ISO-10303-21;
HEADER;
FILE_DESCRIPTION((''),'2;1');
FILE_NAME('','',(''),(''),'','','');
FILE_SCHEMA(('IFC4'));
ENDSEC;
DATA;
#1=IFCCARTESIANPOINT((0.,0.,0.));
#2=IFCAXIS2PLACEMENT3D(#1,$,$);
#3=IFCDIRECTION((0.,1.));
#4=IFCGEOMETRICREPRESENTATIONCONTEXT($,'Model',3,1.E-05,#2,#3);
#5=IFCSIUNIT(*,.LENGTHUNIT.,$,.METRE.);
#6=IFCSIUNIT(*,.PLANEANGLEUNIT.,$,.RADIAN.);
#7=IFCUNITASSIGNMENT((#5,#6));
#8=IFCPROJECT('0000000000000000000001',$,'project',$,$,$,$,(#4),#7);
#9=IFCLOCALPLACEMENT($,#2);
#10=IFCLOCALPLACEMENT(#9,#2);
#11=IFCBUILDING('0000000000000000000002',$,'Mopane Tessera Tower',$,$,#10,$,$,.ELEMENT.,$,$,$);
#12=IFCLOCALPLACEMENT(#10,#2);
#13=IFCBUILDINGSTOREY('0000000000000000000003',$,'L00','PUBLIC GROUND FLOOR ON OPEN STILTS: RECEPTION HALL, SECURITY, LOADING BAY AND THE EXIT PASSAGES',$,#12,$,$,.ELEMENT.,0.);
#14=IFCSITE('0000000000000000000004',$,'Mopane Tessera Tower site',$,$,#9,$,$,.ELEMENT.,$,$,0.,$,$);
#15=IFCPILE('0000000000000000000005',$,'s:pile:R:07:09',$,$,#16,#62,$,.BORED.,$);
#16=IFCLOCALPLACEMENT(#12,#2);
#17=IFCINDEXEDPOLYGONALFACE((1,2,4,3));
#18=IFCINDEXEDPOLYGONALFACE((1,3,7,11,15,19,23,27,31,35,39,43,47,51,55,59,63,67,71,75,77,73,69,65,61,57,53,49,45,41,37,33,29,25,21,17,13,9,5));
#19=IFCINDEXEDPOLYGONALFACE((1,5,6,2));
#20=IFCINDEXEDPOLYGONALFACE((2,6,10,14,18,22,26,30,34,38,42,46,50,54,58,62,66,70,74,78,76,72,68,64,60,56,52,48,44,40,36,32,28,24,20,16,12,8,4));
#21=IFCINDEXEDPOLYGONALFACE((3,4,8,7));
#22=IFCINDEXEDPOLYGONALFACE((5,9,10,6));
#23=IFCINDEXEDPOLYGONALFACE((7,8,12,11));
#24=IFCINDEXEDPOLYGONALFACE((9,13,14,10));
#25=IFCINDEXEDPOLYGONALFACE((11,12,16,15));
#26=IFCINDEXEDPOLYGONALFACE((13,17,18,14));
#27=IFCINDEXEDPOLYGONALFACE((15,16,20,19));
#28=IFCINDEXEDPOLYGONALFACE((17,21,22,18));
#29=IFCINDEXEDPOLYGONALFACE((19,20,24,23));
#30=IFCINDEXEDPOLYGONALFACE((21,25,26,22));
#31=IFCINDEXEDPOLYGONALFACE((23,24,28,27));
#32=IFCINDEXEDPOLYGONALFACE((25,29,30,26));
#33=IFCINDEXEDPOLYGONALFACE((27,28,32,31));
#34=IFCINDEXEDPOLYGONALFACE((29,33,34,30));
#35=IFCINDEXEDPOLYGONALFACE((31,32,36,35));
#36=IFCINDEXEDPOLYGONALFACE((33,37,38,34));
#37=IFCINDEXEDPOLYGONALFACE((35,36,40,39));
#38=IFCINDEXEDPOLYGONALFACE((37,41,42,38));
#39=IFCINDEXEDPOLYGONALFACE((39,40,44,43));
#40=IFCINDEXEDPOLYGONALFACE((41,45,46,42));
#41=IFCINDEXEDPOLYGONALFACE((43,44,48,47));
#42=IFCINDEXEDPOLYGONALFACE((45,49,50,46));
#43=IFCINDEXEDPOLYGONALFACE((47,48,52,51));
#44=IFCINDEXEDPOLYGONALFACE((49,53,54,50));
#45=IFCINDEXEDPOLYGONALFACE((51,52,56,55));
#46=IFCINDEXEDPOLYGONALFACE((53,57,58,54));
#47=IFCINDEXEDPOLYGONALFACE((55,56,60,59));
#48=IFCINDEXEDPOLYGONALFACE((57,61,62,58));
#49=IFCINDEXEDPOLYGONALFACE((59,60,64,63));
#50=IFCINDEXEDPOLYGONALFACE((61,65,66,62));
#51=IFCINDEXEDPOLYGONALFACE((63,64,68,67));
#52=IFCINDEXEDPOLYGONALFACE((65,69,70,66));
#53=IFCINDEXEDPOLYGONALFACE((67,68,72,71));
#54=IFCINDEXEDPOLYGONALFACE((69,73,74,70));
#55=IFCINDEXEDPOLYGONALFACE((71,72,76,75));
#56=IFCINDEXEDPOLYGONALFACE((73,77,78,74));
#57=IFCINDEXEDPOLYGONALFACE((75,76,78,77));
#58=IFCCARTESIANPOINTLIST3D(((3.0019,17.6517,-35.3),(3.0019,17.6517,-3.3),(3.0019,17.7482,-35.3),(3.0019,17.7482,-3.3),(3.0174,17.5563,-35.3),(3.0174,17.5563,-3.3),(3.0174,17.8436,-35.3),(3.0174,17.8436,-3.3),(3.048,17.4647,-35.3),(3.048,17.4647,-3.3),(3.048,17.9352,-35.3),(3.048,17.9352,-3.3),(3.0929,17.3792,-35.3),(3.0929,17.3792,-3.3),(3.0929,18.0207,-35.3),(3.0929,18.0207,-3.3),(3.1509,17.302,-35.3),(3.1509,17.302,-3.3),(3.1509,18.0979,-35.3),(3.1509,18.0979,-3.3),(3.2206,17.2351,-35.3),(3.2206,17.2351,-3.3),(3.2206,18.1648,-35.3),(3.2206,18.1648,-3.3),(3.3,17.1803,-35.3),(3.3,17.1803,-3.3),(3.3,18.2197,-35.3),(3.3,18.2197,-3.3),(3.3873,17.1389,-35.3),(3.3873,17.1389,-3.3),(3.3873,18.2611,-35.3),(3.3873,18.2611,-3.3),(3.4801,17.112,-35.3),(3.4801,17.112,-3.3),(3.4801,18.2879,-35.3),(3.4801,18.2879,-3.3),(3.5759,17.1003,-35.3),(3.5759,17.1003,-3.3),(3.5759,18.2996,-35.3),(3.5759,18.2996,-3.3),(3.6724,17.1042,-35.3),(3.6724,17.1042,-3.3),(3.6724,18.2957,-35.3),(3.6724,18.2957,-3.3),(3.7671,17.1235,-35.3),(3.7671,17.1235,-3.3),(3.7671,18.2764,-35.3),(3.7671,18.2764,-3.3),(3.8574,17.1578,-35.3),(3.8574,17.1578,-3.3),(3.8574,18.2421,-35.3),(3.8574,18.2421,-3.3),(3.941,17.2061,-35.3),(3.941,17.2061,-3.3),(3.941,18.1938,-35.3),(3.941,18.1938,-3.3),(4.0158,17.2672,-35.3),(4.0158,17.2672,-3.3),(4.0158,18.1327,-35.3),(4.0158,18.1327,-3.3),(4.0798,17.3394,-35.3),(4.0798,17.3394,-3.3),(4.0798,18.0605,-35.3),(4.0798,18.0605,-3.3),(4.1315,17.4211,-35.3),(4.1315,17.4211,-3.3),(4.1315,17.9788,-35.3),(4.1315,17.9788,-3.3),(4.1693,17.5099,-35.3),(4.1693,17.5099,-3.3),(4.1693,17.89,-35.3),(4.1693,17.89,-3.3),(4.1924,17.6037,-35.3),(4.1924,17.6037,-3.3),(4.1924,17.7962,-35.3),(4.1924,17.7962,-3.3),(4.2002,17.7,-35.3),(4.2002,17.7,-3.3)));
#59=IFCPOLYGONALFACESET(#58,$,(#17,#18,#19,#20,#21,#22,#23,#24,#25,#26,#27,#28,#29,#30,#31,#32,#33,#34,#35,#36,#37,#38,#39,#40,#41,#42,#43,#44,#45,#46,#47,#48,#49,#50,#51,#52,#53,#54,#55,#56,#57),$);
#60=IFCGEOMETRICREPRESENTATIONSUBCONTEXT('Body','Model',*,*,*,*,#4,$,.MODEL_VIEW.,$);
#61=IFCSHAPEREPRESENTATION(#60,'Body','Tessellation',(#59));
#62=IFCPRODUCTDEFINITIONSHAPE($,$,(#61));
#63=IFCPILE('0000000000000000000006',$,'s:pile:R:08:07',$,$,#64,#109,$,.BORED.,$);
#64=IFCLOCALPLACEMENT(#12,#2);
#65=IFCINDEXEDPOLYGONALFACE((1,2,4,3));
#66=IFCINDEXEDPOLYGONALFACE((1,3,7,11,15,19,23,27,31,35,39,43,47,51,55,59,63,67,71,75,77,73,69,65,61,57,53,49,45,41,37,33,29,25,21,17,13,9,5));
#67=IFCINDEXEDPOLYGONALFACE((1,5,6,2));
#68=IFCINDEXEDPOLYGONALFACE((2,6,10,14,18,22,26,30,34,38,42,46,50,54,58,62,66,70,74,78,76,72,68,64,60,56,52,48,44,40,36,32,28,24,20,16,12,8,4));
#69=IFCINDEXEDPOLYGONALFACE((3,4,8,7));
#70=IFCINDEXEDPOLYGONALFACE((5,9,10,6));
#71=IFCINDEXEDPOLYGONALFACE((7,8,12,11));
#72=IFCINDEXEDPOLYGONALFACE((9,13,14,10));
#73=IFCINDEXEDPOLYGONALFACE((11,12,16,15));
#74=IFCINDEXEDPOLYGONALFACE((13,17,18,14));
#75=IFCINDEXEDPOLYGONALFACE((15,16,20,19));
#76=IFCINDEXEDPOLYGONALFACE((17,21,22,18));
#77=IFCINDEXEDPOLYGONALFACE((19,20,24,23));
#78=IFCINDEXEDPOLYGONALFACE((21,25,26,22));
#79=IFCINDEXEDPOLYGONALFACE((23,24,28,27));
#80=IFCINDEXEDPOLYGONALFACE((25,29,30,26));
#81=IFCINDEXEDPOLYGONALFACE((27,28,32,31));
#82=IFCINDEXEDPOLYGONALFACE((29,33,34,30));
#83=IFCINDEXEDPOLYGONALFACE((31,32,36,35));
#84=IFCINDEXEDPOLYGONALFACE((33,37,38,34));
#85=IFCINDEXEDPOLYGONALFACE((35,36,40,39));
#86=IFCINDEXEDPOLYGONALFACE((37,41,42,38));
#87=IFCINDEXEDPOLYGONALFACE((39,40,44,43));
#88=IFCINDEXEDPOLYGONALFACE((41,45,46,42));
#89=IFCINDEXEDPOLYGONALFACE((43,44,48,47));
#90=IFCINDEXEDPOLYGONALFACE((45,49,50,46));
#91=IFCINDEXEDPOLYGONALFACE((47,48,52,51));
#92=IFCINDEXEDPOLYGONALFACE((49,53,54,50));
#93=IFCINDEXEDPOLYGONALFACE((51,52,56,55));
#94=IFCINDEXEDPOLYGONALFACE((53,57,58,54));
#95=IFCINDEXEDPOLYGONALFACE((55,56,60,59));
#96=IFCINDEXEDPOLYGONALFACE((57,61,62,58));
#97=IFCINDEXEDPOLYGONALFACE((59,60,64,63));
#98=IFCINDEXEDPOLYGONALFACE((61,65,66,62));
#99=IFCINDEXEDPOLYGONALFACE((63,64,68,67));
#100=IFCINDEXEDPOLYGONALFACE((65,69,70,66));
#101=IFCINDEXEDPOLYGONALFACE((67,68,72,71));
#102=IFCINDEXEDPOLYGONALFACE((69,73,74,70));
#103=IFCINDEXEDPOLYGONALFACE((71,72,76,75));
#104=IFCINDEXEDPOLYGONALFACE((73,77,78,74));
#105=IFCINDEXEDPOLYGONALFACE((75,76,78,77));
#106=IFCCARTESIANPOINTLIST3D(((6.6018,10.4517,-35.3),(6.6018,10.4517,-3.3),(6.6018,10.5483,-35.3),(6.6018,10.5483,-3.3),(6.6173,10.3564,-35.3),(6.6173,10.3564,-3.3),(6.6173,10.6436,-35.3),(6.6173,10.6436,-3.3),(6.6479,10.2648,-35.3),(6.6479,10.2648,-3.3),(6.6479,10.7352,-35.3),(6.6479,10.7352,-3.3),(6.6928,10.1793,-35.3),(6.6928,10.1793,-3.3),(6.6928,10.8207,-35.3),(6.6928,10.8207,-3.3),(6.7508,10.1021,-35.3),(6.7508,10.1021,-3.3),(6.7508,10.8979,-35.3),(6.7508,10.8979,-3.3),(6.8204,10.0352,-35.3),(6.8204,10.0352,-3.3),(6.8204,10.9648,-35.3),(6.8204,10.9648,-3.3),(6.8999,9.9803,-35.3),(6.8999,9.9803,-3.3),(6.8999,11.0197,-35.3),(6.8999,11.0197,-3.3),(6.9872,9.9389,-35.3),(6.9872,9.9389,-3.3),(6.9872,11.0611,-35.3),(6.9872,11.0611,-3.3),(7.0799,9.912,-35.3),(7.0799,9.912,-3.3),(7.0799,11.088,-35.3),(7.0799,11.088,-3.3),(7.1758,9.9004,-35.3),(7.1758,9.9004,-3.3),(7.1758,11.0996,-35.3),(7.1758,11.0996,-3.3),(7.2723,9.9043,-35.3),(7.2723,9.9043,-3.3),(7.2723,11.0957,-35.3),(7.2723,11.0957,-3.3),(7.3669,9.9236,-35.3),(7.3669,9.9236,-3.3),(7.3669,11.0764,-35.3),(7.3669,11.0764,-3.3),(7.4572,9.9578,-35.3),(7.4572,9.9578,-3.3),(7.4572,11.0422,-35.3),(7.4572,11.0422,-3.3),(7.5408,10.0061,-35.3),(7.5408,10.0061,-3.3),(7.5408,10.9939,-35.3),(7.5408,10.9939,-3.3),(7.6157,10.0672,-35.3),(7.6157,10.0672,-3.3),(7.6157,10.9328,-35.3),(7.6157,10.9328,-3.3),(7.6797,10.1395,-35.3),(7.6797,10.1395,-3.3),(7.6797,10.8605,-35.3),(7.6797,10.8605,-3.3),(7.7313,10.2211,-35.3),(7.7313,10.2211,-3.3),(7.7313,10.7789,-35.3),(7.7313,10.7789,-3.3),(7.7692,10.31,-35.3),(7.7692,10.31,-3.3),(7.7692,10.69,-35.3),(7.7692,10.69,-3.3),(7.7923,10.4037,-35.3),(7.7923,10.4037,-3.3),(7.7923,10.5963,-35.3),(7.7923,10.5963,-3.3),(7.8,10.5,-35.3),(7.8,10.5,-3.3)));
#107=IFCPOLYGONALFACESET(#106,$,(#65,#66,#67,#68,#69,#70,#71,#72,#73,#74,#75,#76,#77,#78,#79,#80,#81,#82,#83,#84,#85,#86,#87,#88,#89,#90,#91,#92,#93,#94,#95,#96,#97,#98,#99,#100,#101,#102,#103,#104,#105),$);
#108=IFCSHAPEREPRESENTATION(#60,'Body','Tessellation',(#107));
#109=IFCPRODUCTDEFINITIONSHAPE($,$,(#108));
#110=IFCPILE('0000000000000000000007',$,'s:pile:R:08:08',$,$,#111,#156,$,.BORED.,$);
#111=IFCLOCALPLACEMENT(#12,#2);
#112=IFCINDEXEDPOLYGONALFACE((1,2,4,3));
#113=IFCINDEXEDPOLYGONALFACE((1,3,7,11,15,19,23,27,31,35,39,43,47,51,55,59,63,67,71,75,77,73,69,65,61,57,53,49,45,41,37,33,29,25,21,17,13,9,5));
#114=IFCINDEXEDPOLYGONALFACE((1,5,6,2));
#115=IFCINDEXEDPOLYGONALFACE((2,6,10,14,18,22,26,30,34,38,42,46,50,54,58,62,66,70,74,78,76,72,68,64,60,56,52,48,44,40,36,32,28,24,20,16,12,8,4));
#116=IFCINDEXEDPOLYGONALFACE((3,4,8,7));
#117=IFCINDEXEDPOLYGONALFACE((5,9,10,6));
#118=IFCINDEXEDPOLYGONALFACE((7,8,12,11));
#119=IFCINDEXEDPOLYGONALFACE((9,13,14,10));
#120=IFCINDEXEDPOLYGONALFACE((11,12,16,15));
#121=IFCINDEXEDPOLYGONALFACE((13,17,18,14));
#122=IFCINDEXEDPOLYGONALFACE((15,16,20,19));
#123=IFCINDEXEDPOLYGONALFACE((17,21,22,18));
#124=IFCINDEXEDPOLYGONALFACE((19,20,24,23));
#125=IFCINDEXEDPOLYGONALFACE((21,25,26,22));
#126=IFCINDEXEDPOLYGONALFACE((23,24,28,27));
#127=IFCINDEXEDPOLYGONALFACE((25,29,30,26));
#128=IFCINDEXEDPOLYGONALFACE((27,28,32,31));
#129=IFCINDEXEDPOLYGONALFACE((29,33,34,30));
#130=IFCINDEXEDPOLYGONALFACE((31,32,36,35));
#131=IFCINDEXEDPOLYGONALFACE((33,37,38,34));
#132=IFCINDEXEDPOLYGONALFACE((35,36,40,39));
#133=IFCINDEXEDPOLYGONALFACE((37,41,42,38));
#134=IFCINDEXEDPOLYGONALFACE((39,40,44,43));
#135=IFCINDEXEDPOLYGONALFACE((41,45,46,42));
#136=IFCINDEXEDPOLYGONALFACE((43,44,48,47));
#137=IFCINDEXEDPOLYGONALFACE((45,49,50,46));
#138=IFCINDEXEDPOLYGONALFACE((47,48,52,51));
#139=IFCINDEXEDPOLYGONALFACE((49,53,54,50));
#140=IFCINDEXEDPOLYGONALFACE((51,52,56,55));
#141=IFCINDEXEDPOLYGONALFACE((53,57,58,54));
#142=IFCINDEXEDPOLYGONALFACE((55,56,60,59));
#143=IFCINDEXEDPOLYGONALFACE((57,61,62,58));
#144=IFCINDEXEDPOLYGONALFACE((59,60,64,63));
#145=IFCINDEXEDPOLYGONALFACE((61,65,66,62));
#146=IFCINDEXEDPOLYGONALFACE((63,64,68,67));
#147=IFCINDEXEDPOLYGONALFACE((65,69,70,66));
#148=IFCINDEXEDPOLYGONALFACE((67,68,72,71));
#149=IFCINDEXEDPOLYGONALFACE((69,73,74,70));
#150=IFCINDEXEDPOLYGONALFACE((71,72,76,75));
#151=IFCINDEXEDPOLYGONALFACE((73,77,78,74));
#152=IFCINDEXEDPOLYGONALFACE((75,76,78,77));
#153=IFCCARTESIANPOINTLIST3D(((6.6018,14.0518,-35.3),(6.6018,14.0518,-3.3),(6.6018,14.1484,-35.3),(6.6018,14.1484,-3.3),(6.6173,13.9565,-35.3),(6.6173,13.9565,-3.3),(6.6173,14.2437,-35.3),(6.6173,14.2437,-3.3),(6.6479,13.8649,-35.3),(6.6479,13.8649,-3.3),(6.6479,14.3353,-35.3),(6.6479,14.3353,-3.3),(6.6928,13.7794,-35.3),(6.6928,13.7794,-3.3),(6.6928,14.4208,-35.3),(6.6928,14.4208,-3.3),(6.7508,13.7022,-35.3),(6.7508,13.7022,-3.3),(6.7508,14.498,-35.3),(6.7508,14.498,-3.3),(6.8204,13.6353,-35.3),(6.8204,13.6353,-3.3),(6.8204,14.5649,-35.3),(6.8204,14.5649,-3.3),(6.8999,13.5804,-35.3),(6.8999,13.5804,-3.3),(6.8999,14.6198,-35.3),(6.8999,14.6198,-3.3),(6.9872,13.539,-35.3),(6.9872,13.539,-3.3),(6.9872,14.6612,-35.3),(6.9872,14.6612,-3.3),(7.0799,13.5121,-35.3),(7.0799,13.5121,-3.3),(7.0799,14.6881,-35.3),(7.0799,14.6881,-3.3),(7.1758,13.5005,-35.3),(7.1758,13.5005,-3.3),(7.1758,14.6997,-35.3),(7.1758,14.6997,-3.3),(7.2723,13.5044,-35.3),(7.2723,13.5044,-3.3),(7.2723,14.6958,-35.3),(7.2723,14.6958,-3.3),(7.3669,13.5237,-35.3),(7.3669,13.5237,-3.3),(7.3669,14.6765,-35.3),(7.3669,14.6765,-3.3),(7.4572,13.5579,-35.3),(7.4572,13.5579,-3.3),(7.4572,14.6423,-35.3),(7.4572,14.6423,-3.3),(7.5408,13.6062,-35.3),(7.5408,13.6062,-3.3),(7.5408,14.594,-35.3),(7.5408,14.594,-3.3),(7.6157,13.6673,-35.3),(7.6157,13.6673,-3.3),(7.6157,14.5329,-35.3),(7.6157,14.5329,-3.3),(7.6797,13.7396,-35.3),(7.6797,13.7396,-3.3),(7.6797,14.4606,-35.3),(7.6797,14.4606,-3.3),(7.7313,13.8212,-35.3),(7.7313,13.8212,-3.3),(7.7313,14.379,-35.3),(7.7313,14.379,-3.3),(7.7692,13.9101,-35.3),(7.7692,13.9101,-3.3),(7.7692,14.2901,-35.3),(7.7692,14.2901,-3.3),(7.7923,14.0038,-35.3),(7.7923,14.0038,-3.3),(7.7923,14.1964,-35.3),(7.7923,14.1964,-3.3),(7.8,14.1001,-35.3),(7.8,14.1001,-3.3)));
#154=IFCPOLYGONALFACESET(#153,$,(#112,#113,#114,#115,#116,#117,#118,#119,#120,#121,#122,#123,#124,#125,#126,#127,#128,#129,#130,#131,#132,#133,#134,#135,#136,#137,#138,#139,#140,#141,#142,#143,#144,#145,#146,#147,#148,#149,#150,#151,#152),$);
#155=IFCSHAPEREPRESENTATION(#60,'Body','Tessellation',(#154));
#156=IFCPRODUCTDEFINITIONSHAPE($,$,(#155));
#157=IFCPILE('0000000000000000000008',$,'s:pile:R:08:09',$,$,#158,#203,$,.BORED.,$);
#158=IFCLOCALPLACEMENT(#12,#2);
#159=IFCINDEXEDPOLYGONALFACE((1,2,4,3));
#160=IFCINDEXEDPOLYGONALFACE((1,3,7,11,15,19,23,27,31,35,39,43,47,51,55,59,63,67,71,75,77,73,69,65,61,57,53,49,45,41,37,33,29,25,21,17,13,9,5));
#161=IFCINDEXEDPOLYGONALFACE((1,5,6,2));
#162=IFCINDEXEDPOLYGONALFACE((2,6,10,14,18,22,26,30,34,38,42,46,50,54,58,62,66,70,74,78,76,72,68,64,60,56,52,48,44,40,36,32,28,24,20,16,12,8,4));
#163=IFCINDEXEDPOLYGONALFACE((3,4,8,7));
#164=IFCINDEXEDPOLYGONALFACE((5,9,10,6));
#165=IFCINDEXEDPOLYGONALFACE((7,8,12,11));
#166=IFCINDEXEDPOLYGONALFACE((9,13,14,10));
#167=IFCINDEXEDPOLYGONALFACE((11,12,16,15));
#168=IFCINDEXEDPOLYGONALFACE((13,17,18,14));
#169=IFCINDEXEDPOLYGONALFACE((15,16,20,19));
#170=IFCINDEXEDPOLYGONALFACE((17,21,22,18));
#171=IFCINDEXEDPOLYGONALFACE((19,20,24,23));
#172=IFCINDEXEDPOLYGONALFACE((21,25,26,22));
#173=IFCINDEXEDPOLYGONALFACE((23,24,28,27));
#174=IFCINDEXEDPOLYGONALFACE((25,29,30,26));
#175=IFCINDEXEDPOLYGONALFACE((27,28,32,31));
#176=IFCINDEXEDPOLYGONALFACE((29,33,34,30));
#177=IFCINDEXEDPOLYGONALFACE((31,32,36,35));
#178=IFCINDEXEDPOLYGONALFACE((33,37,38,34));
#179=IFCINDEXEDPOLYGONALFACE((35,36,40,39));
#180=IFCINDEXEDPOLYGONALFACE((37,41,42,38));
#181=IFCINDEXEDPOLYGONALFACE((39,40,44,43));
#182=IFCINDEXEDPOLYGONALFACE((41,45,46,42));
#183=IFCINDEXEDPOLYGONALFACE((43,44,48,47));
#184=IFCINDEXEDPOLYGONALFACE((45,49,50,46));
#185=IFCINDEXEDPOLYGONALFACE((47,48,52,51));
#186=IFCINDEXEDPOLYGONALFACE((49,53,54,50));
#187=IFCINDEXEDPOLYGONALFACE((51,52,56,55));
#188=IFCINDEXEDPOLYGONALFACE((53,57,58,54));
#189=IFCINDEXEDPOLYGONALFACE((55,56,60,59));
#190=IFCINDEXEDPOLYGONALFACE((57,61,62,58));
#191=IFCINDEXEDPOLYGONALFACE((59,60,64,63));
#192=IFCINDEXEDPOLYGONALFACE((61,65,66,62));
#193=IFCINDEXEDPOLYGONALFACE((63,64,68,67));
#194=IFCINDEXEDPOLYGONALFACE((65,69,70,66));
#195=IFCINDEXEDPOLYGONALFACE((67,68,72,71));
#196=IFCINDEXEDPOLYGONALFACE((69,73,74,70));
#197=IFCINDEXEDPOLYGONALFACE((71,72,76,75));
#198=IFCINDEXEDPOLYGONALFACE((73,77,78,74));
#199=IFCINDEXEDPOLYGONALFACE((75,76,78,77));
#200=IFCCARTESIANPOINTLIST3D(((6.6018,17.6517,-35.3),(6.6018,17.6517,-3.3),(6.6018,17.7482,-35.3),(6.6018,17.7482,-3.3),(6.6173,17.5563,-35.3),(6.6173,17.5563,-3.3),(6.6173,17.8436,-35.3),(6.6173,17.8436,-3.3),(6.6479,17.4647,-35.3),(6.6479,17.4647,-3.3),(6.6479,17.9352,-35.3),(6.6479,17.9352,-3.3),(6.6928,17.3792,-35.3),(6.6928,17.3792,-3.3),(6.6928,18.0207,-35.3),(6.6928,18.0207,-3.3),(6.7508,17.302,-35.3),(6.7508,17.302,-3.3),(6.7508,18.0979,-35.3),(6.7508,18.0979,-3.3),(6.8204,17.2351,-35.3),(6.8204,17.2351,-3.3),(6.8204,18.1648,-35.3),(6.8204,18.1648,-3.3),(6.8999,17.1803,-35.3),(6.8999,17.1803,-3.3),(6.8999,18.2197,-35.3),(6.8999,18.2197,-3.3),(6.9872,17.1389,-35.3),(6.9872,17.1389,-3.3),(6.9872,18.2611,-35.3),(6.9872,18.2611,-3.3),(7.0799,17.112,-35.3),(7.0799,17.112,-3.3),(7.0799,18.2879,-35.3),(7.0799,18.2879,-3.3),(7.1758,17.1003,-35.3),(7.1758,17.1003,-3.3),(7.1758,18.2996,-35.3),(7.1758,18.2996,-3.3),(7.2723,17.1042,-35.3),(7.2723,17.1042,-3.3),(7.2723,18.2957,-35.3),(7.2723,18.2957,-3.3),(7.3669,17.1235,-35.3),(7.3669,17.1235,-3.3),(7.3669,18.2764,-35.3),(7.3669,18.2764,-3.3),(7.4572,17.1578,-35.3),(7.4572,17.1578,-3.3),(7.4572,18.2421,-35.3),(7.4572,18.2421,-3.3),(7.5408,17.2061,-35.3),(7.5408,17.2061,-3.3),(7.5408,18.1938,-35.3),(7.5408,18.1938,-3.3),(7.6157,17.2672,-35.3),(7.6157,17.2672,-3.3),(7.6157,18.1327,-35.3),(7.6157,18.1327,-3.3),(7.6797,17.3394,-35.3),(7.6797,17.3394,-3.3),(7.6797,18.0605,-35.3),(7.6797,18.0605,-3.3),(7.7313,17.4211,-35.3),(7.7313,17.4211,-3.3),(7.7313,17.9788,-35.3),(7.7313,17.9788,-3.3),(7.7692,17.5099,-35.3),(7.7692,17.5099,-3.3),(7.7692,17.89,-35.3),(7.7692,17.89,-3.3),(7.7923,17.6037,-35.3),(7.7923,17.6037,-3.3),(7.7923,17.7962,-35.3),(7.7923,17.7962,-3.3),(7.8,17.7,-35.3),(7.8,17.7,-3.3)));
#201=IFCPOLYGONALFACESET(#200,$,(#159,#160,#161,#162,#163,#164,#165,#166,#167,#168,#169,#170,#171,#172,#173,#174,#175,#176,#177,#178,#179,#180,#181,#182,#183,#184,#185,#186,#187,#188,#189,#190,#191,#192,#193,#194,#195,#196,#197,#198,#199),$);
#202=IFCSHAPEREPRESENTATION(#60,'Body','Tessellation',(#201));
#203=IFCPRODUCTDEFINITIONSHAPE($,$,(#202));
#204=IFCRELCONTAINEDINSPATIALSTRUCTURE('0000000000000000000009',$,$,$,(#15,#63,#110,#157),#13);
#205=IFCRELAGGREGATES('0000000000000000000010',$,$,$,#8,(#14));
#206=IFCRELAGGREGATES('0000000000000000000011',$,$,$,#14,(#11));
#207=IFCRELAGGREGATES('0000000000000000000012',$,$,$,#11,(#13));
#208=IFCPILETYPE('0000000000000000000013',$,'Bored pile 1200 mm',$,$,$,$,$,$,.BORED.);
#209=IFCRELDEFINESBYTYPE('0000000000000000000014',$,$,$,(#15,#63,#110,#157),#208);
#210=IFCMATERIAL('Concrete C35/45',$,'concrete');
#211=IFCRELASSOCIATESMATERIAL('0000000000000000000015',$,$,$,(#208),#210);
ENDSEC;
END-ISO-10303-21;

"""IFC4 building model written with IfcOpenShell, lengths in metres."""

from ifc_helpers import new_model, si_unit, direction, frame, origin, origin_2d, place, context, subcontext, project, spatial, circle, extrude, material, material_profile, profile_set, type_object, element, save


model = new_model("IFC4")

# Units and contexts
model_context = context("Model", 3, precision=1e-05, world=origin(), true_north=direction((0.0, 1.0)))
body_context = subcontext(model_context, "Body", "Model", "MODEL_VIEW")
ifc_project = project(units=[si_unit("LENGTHUNIT", "METRE"), si_unit("PLANEANGLEUNIT", "RADIAN")], contexts=[model_context])

# Site, building, storey
site_placement = place(None, origin())
site = spatial("IfcSite", under=ifc_project, at=site_placement, Name="Mopane Tessera Tower site", CompositionType="ELEMENT", RefElevation=0.0)
building_placement = place(site_placement, origin())
building = spatial("IfcBuilding", under=site, at=building_placement, Name="Mopane Tessera Tower", CompositionType="ELEMENT")
storey_placement = place(building_placement, origin())
storey = spatial("IfcBuildingStorey", under=building, at=storey_placement, Name="L00", Description="PUBLIC GROUND FLOOR ON OPEN STILTS: RECEPTION HALL, SECURITY, LOADING BAY AND THE EXIT PASSAGES", CompositionType="ELEMENT", Elevation=0.0)

# Piles
ifc_material_1 = material(Name="Concrete C35/45", Category="concrete")
ifc_material_profile_1 = material_profile(ifc_material_1, circle(Radius=0.6001, at=origin_2d()))
ifc_profile_set_1 = profile_set([ifc_material_profile_1], Name="Concrete C35/45")
pile_type_1 = type_object("IfcPileType", Name="Bored pile 1200 mm", PredefinedType="BORED", material=ifc_profile_set_1)
for number, where, z_axis, x_axis, name in (
    (1, (3.6001, 17.7, -3.3), (0.0, 0.0, -1.0), (1.0, 0.0, 0.0), "s:pile:R:07:09"),
    (2, (7.2, 10.5, -3.3), (0.0, 0.0, -1.0), (1.0, 0.0, 0.0), "s:pile:R:08:07"),
    (3, (7.2, 14.1001, -3.3), (0.0, 0.0, -1.0), (1.0, 0.0, 0.0), "s:pile:R:08:08"),
    (4, (7.2, 17.7, -3.3), (0.0, 0.0, -1.0), (1.0, 0.0, 0.0), "s:pile:R:08:09"),
):
    element("IfcPile", number, at=place(storey_placement, frame(where, z_axis=z_axis, x_axis=x_axis)), inside=storey, type_object=pile_type_1, Name=name, PredefinedType="BORED", context=body_context, shape_type="SweptSolid", body=[
        extrude(circle(Radius=0.6001, at=origin_2d()), origin(), (0.0, 0.0, 1.0), 32.0),
    ])

save(model, "model.ifc")
